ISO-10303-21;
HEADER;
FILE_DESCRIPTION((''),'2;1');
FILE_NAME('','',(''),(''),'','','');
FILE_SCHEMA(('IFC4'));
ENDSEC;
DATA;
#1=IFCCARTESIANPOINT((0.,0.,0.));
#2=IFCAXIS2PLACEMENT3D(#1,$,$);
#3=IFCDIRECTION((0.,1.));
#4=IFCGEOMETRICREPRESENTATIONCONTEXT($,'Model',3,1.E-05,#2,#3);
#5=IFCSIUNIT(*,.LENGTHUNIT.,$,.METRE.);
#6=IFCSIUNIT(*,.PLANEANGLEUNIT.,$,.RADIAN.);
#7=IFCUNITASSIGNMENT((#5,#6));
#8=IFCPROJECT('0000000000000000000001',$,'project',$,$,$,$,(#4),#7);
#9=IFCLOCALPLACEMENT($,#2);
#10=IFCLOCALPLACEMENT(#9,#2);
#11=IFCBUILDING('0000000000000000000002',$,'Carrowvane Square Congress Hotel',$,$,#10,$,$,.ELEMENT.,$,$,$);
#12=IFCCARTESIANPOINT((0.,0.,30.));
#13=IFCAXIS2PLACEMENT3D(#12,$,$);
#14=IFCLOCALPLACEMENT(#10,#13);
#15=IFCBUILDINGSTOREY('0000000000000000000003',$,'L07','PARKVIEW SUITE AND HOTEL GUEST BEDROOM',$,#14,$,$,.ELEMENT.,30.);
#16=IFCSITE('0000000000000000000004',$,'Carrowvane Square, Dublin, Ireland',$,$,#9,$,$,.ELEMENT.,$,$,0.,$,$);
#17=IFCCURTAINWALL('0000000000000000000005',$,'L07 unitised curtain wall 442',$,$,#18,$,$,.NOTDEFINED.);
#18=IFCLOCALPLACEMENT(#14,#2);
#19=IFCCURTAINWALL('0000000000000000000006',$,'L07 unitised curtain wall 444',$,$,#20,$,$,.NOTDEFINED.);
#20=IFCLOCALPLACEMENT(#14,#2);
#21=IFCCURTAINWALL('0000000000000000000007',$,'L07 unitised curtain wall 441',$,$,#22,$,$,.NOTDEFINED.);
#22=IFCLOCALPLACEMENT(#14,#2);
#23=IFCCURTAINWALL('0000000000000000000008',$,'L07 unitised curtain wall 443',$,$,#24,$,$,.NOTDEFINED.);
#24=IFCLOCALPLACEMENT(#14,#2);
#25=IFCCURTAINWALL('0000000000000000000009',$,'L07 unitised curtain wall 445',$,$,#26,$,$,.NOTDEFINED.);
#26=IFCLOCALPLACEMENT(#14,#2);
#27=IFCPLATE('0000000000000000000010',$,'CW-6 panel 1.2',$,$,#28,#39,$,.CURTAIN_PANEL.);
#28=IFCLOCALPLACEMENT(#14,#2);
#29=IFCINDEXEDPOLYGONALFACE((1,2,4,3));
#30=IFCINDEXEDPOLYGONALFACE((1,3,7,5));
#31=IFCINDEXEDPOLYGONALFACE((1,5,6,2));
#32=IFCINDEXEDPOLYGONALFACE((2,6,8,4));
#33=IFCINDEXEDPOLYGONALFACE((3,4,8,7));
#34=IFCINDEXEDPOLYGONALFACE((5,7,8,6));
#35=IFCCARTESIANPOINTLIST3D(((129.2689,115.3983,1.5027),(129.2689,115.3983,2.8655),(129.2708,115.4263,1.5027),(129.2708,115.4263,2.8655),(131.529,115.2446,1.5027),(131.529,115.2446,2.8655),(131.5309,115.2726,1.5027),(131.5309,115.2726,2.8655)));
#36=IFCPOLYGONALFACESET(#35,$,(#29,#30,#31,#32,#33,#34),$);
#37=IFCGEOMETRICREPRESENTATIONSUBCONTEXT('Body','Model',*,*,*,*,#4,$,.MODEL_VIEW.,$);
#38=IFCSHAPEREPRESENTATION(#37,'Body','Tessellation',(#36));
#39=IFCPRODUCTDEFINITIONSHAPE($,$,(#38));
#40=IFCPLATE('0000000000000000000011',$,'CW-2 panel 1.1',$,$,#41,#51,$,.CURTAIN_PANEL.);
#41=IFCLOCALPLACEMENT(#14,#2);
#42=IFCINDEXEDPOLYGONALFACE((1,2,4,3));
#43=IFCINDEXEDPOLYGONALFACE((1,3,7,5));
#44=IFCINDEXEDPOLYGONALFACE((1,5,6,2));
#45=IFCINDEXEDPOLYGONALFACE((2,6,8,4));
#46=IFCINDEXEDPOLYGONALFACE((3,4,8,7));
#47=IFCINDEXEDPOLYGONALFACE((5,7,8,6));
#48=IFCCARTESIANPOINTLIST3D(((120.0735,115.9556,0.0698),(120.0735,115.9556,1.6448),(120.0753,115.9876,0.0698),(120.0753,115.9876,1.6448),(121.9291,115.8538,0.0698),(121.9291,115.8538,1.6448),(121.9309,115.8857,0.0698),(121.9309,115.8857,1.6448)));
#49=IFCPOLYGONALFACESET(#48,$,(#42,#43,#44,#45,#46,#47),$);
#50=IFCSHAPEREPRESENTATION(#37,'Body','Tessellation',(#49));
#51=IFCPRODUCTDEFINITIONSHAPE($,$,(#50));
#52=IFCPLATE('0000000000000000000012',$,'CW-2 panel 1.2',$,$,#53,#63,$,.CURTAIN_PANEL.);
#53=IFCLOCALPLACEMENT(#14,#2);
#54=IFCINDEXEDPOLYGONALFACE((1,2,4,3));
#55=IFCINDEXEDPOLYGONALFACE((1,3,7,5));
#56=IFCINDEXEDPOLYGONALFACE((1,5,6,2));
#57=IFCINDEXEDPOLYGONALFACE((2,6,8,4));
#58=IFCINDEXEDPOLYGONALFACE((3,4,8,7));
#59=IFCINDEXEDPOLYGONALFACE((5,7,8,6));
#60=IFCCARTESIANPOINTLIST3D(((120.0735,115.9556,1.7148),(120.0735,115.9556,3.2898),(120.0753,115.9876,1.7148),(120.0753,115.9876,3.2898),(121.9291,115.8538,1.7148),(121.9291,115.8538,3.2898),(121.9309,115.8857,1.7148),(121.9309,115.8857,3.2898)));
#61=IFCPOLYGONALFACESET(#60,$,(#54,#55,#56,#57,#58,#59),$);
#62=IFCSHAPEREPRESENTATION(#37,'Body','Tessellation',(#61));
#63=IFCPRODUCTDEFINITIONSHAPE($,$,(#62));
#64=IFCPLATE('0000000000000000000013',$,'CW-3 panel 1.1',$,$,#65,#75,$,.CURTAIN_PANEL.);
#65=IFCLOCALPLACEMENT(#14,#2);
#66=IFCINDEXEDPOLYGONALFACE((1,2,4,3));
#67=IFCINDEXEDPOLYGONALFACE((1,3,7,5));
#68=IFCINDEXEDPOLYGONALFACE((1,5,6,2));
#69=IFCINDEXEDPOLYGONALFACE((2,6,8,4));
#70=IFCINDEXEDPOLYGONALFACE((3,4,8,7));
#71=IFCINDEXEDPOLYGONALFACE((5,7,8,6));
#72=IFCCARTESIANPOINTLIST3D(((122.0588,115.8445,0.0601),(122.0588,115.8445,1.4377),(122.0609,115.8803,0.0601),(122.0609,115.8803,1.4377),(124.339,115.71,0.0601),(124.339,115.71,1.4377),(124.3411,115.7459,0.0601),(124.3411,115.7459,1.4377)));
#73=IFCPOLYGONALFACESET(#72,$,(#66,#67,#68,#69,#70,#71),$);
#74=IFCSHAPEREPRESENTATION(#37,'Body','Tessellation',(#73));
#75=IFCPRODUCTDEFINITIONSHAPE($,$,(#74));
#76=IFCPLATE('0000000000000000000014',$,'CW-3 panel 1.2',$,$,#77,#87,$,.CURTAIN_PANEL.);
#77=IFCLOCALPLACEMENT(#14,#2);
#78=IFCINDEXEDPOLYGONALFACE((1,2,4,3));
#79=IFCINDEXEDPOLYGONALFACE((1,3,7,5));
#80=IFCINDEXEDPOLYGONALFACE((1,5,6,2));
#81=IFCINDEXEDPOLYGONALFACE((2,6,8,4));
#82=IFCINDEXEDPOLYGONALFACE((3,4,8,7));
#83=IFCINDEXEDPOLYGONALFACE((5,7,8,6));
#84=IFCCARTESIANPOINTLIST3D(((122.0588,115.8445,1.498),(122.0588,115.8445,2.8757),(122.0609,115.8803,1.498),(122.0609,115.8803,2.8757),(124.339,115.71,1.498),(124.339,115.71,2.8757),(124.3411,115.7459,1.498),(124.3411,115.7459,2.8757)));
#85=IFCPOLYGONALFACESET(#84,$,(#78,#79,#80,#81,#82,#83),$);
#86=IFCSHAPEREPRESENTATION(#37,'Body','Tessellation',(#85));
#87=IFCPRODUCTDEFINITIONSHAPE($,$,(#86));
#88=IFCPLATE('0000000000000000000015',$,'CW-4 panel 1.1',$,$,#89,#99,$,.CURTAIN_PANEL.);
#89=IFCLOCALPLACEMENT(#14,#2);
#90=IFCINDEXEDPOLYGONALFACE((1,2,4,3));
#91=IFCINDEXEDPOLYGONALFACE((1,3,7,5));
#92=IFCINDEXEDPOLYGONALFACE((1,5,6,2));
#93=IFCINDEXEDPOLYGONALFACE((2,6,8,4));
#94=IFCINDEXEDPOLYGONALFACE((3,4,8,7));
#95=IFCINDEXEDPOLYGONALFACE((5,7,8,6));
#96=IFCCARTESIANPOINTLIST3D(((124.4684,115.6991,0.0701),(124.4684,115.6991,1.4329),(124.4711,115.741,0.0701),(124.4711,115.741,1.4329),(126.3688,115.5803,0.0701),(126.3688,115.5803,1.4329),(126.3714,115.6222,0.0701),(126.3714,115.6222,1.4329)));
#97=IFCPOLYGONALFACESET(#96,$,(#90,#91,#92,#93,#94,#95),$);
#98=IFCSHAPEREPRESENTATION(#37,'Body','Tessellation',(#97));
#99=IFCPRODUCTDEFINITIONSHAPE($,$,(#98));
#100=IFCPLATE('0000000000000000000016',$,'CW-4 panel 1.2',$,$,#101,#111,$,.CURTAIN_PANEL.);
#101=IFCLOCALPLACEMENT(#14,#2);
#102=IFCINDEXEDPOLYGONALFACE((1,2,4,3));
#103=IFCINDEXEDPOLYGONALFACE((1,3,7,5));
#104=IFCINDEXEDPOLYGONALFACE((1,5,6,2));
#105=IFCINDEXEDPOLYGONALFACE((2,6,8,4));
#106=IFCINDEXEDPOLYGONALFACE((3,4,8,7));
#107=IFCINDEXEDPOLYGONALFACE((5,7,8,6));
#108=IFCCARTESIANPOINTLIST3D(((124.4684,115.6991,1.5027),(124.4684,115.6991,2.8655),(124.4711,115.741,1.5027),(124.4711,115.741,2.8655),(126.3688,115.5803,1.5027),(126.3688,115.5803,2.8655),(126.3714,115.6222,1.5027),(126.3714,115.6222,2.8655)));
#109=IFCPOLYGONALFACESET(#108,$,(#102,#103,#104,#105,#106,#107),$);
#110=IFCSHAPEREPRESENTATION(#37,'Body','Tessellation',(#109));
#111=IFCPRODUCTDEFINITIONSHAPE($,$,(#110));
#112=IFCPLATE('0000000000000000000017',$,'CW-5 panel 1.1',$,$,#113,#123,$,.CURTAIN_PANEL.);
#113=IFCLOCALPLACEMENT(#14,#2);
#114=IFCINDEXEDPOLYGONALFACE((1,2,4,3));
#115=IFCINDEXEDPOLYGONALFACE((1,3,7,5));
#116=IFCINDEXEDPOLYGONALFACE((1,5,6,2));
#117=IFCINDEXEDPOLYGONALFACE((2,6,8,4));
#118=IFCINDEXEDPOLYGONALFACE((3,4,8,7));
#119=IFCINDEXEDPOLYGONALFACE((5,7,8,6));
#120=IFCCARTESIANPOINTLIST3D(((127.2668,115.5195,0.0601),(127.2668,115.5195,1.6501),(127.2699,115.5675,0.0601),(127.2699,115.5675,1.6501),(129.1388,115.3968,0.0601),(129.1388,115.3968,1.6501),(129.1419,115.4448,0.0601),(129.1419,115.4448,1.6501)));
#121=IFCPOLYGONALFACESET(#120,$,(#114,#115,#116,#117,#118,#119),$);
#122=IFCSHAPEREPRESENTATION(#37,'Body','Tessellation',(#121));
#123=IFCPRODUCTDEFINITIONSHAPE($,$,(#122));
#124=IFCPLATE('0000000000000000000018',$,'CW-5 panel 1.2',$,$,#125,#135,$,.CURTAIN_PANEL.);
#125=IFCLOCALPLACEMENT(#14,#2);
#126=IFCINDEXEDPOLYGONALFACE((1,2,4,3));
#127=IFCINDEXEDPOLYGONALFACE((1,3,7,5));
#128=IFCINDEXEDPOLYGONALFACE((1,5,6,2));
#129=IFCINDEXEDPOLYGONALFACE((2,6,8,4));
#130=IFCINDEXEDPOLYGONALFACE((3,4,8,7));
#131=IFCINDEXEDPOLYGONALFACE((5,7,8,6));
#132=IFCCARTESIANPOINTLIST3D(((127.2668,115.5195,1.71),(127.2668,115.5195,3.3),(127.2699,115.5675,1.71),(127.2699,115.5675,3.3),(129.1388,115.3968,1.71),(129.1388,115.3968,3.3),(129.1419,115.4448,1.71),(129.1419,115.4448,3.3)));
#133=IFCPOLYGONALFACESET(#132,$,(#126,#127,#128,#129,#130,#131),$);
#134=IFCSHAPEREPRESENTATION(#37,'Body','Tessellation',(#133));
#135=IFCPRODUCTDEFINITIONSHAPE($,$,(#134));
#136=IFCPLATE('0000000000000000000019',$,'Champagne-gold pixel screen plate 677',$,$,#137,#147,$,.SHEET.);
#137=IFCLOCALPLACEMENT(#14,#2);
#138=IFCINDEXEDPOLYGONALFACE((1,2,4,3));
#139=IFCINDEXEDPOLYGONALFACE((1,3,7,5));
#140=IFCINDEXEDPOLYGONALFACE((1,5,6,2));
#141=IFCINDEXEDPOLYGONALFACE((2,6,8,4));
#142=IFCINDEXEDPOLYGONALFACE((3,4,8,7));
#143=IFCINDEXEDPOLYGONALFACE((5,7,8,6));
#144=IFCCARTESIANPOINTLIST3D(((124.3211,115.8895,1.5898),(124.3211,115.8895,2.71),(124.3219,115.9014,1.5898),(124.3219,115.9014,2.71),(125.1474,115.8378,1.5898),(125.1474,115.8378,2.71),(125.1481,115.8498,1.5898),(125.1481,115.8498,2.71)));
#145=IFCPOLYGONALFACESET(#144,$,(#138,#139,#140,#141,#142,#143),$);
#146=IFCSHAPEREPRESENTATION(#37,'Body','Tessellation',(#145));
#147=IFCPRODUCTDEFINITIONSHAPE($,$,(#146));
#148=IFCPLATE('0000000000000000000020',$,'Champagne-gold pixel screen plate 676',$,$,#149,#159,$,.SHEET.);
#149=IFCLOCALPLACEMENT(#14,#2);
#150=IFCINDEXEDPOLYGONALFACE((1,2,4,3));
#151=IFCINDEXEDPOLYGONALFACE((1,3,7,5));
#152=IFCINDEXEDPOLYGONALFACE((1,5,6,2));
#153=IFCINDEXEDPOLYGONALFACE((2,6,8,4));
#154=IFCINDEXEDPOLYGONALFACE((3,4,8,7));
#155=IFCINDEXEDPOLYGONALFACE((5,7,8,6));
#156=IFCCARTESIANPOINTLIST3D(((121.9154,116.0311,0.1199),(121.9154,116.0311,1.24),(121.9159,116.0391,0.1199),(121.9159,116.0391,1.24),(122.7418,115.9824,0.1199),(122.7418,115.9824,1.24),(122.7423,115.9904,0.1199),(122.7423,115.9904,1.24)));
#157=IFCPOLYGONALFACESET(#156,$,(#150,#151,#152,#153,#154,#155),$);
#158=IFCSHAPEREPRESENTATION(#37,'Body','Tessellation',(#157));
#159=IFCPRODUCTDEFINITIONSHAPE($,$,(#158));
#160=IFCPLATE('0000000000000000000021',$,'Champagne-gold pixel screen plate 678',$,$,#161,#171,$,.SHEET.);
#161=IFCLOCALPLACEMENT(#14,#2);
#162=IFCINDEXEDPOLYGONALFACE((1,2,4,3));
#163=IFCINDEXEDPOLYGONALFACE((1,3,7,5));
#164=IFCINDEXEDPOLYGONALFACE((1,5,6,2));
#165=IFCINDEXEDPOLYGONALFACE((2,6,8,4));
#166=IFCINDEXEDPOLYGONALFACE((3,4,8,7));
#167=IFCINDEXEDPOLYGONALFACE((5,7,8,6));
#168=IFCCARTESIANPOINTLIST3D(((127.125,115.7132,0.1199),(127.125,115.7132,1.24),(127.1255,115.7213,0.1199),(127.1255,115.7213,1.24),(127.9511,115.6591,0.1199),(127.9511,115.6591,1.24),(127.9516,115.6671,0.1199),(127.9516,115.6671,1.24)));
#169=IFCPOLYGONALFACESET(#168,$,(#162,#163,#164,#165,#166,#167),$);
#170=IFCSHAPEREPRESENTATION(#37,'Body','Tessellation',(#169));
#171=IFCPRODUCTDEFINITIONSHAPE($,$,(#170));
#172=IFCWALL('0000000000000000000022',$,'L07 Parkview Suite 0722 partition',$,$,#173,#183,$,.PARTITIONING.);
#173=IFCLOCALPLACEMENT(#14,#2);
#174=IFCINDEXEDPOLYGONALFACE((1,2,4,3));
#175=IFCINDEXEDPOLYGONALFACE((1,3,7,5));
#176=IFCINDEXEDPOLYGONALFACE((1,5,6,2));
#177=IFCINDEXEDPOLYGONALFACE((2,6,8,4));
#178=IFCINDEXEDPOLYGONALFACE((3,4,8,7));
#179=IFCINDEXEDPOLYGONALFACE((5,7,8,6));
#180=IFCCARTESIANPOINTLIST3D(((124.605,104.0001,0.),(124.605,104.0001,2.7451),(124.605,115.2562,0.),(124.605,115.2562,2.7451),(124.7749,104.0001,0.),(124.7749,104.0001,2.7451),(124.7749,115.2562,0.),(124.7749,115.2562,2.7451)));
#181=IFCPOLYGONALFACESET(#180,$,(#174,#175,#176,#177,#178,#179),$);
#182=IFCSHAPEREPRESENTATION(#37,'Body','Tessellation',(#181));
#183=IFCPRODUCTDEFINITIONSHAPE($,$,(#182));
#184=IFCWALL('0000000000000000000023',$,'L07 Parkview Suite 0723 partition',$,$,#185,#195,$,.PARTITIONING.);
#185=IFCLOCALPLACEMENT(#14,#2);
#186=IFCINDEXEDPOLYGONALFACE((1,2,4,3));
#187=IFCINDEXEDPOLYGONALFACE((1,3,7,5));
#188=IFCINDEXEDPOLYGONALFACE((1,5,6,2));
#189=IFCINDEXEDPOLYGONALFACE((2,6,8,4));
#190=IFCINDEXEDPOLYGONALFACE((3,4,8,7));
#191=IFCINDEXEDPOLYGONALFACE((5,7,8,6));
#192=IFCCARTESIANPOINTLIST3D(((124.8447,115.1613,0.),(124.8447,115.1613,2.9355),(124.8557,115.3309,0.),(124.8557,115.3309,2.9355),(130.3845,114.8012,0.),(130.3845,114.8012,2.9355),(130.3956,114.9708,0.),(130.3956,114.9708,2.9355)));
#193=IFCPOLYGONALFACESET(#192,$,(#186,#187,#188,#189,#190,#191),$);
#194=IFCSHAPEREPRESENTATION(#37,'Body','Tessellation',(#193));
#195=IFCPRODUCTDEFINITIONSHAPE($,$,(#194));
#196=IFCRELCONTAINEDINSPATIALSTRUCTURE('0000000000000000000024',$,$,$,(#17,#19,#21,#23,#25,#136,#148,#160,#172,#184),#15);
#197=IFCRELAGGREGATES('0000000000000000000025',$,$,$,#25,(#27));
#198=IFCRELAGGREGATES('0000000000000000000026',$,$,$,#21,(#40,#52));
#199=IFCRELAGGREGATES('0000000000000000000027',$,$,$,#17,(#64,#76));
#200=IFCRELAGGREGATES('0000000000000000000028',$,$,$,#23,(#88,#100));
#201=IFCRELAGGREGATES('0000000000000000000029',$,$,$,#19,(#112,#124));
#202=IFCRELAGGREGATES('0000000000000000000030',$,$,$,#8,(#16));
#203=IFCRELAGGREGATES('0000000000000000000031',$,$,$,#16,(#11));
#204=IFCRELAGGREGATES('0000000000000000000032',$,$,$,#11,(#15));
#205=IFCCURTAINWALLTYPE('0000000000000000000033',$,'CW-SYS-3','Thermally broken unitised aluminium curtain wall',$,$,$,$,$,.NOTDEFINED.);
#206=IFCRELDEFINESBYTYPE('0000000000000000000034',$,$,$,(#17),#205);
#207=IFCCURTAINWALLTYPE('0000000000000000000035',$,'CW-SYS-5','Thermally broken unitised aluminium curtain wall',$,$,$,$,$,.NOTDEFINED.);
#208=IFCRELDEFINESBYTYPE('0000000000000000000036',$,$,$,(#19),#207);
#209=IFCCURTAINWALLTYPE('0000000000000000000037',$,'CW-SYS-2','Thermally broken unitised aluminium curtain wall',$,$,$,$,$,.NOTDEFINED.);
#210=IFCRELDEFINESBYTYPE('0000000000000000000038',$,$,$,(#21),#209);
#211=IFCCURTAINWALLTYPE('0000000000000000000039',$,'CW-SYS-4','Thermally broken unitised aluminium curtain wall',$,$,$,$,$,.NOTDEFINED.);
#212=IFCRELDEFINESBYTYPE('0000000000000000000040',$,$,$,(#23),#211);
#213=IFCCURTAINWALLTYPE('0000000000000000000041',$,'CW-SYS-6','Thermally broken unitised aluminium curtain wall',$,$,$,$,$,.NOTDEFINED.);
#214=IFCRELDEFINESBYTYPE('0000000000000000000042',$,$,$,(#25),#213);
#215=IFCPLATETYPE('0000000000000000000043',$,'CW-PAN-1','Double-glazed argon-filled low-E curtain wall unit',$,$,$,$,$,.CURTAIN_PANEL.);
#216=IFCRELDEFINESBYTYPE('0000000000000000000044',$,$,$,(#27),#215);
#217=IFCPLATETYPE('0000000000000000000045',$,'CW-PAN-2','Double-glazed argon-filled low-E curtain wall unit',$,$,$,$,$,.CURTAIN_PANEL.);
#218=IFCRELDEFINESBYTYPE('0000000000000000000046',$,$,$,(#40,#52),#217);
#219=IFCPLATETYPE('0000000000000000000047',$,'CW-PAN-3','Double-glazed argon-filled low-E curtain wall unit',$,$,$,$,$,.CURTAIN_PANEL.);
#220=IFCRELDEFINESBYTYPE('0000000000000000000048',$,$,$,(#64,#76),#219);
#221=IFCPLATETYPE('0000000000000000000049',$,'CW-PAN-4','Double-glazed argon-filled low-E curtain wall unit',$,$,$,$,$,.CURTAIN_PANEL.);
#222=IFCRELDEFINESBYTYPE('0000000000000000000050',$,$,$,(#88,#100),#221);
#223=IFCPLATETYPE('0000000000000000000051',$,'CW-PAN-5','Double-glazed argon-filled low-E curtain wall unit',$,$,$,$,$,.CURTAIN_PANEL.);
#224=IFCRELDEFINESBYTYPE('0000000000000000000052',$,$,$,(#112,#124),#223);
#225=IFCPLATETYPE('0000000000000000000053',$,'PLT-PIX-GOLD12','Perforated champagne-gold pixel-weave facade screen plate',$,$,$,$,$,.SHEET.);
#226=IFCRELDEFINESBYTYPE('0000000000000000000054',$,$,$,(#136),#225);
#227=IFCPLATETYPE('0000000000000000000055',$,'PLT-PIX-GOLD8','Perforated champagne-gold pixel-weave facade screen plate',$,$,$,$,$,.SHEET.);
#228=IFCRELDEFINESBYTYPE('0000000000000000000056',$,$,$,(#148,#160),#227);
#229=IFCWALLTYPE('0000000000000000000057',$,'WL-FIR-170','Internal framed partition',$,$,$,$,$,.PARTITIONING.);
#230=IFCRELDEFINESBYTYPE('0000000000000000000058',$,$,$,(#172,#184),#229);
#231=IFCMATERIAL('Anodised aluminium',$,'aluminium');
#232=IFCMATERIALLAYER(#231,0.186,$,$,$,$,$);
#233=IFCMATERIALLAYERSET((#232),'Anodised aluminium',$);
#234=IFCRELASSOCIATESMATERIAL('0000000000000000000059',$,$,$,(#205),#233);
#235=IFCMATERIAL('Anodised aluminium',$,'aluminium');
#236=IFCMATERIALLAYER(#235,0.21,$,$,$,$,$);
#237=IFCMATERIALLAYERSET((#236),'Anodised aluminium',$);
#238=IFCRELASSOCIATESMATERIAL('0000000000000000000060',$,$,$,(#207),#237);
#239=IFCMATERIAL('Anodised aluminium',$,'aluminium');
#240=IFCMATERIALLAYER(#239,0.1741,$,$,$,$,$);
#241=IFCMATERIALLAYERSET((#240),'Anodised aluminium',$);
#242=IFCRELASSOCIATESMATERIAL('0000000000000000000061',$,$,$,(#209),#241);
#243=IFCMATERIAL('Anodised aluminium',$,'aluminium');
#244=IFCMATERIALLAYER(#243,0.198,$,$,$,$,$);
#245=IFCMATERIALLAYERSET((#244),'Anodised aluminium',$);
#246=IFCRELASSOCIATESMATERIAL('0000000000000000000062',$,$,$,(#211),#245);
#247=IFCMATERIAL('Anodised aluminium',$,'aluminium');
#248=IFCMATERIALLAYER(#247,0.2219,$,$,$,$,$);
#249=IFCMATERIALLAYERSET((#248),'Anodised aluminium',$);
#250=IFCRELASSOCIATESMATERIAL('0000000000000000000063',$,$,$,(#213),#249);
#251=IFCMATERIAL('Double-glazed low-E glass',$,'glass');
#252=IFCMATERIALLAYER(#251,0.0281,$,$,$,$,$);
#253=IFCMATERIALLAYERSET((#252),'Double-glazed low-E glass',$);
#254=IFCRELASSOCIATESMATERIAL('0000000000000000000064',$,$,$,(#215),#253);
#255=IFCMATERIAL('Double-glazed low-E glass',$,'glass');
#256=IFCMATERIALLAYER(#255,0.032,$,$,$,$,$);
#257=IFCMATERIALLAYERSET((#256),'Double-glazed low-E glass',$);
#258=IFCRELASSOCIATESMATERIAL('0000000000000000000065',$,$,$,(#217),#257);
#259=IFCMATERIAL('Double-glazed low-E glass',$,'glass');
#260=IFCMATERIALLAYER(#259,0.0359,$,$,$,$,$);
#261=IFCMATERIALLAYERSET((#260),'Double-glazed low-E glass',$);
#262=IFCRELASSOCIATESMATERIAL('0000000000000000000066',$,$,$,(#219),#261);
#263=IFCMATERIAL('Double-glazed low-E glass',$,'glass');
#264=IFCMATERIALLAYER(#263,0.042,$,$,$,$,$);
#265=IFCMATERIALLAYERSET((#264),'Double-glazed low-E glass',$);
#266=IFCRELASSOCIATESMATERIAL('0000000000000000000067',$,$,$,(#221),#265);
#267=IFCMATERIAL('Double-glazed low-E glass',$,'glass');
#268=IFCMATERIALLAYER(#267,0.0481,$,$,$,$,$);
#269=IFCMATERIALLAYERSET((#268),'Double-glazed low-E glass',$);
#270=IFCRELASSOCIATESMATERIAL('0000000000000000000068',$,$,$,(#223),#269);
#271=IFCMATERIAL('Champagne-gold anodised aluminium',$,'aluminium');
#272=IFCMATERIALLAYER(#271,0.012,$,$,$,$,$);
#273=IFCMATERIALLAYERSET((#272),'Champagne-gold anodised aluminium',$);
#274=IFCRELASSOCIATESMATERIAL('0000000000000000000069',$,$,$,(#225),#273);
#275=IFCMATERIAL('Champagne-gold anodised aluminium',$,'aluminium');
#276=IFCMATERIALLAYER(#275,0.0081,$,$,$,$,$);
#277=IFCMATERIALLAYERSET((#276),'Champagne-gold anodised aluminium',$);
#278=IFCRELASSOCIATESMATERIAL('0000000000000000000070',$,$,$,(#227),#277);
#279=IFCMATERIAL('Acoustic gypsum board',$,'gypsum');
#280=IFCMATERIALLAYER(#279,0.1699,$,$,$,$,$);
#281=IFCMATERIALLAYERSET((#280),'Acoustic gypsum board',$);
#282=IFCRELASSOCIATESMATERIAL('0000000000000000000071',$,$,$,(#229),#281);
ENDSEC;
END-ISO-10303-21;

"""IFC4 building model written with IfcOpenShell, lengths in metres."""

from ifc_helpers import new_model, si_unit, direction, frame, frame_2d, origin, origin_2d, place, context, subcontext, project, spatial, rectangle, extrude, material, layer, layer_set, type_object, element, aggregate, save


model = new_model("IFC4")

# Units and contexts
model_context = context("Model", 3, precision=1e-05, world=origin(), true_north=direction((0.0, 1.0)))
body_context = subcontext(model_context, "Body", "Model", "MODEL_VIEW")
ifc_project = project(units=[si_unit("LENGTHUNIT", "METRE"), si_unit("PLANEANGLEUNIT", "RADIAN")], contexts=[model_context])

# Site, building, storey
site_placement = place(None, origin())
site = spatial("IfcSite", under=ifc_project, at=site_placement, Name="Carrowvane Square, Dublin, Ireland", CompositionType="ELEMENT", RefElevation=0.0)
building_placement = place(site_placement, origin())
building = spatial("IfcBuilding", under=site, at=building_placement, Name="Carrowvane Square Congress Hotel", CompositionType="ELEMENT")
storey_placement = place(building_placement, frame((0.0, 0.0, 30.0)))
storey = spatial("IfcBuildingStorey", under=building, at=storey_placement, Name="L07", Description="PARKVIEW SUITE AND HOTEL GUEST BEDROOM", CompositionType="ELEMENT", Elevation=30.0)

# Curtain walls
ifc_material_1 = material(Name="Anodised aluminium", Category="aluminium")
ifc_layer_1 = layer(ifc_material_1, 0.186)
ifc_layer_set_1 = layer_set([ifc_layer_1], Name="Anodised aluminium")
curtain_wall_type_1 = type_object("IfcCurtainWallType", Name="CW-SYS-3", Description="Thermally broken unitised aluminium curtain wall", PredefinedType="NOTDEFINED", material=ifc_layer_set_1)
curtain_wall_1_placement = place(storey_placement, origin())
curtain_wall_1 = element("IfcCurtainWall", 1, at=curtain_wall_1_placement, inside=storey, type_object=curtain_wall_type_1, Name="L07 unitised curtain wall 442", PredefinedType="NOTDEFINED")
ifc_material_2 = material(Name="Anodised aluminium", Category="aluminium")
ifc_layer_2 = layer(ifc_material_2, 0.21)
ifc_layer_set_2 = layer_set([ifc_layer_2], Name="Anodised aluminium")
curtain_wall_type_2 = type_object("IfcCurtainWallType", Name="CW-SYS-5", Description="Thermally broken unitised aluminium curtain wall", PredefinedType="NOTDEFINED", material=ifc_layer_set_2)
curtain_wall_2_placement = place(storey_placement, origin())
curtain_wall_2 = element("IfcCurtainWall", 2, at=curtain_wall_2_placement, inside=storey, type_object=curtain_wall_type_2, Name="L07 unitised curtain wall 444", PredefinedType="NOTDEFINED")

# Curtain wall
ifc_material_3 = material(Name="Anodised aluminium", Category="aluminium")
ifc_layer_3 = layer(ifc_material_3, 0.1741)
ifc_layer_set_3 = layer_set([ifc_layer_3], Name="Anodised aluminium")
curtain_wall_type_3 = type_object("IfcCurtainWallType", Name="CW-SYS-2", Description="Thermally broken unitised aluminium curtain wall", PredefinedType="NOTDEFINED", material=ifc_layer_set_3)
curtain_wall_3_placement = place(storey_placement, origin())
curtain_wall_3 = element("IfcCurtainWall", 3, at=curtain_wall_3_placement, inside=storey, type_object=curtain_wall_type_3, Name="L07 unitised curtain wall 441", PredefinedType="NOTDEFINED")

# Curtain wall
ifc_material_4 = material(Name="Anodised aluminium", Category="aluminium")
ifc_layer_4 = layer(ifc_material_4, 0.198)
ifc_layer_set_4 = layer_set([ifc_layer_4], Name="Anodised aluminium")
curtain_wall_type_4 = type_object("IfcCurtainWallType", Name="CW-SYS-4", Description="Thermally broken unitised aluminium curtain wall", PredefinedType="NOTDEFINED", material=ifc_layer_set_4)
curtain_wall_4_placement = place(storey_placement, origin())
curtain_wall_4 = element("IfcCurtainWall", 4, at=curtain_wall_4_placement, inside=storey, type_object=curtain_wall_type_4, Name="L07 unitised curtain wall 443", PredefinedType="NOTDEFINED")

# Curtain wall
ifc_material_5 = material(Name="Anodised aluminium", Category="aluminium")
ifc_layer_5 = layer(ifc_material_5, 0.2219)
ifc_layer_set_5 = layer_set([ifc_layer_5], Name="Anodised aluminium")
curtain_wall_type_5 = type_object("IfcCurtainWallType", Name="CW-SYS-6", Description="Thermally broken unitised aluminium curtain wall", PredefinedType="NOTDEFINED", material=ifc_layer_set_5)
curtain_wall_5_placement = place(storey_placement, origin())
curtain_wall_5 = element("IfcCurtainWall", 5, at=curtain_wall_5_placement, inside=storey, type_object=curtain_wall_type_5, Name="L07 unitised curtain wall 445", PredefinedType="NOTDEFINED")

# Plates
ifc_material_6 = material(Name="Double-glazed low-E glass", Category="glass")
ifc_layer_6 = layer(ifc_material_6, 0.0281)
ifc_layer_set_6 = layer_set([ifc_layer_6], Name="Double-glazed low-E glass")
plate_type_1 = type_object("IfcPlateType", Name="CW-PAN-1", Description="Double-glazed argon-filled low-E curtain wall unit", PredefinedType="CURTAIN_PANEL", material=ifc_layer_set_6)
plate_1_placement = place(storey_placement, frame((130.3999, 115.3354, 1.5027), z_axis=(0.0, 0.0, 1.0), x_axis=(0.997694, -0.06787, 0.0)))
plate_1 = element("IfcPlate", 6, at=plate_1_placement, type_object=plate_type_1, Name="CW-6 panel 1.2", PredefinedType="CURTAIN_PANEL", context=body_context, shape_type="SweptSolid", body=[
    extrude(rectangle(XDim=2.2654, YDim=0.0281, at=origin_2d()), origin(), (0.0, 0.0, 1.0), 1.3628),
])
aggregate(curtain_wall_5, [plate_1])
ifc_material_7 = material(Name="Double-glazed low-E glass", Category="glass")
ifc_layer_7 = layer(ifc_material_7, 0.032)
ifc_layer_set_7 = layer_set([ifc_layer_7], Name="Double-glazed low-E glass")
plate_type_2 = type_object("IfcPlateType", Name="CW-PAN-2", Description="Double-glazed argon-filled low-E curtain wall unit", PredefinedType="CURTAIN_PANEL", material=ifc_layer_set_7)
plate_2_placement = place(storey_placement, frame((121.0022, 115.9207, 0.0698), z_axis=(0.0, 0.0, 1.0), x_axis=(0.998496, -0.054816, 0.0)))
plate_2 = element("IfcPlate", 7, at=plate_2_placement, type_object=plate_type_2, Name="CW-2 panel 1.1", PredefinedType="CURTAIN_PANEL", context=body_context, shape_type="SweptSolid", body=[
    extrude(rectangle(XDim=1.8584, YDim=0.032, at=origin_2d()), origin(), (0.0, 0.0, 1.0), 1.575),
])
plate_3_placement = place(storey_placement, frame((121.0022, 115.9207, 1.7148), z_axis=(0.0, 0.0, 1.0), x_axis=(0.998496, -0.054816, 0.0)))
plate_3 = element("IfcPlate", 8, at=plate_3_placement, type_object=plate_type_2, Name="CW-2 panel 1.2", PredefinedType="CURTAIN_PANEL", context=body_context, shape_type="SweptSolid", body=[
    extrude(rectangle(XDim=1.8584, YDim=0.032, at=origin_2d()), origin(), (0.0, 0.0, 1.0), 1.575),
])
aggregate(curtain_wall_3, [plate_2, plate_3])
ifc_material_8 = material(Name="Double-glazed low-E glass", Category="glass")
ifc_layer_8 = layer(ifc_material_8, 0.0359)
ifc_layer_set_8 = layer_set([ifc_layer_8], Name="Double-glazed low-E glass")
plate_type_3 = type_object("IfcPlateType", Name="CW-PAN-3", Description="Double-glazed argon-filled low-E curtain wall unit", PredefinedType="CURTAIN_PANEL", material=ifc_layer_set_8)
plate_4_placement = place(storey_placement, frame((123.2, 115.7952, 0.0601), z_axis=(0.0, 0.0, 1.0), x_axis=(0.998267, -0.058851, 0.0)))
plate_4 = element("IfcPlate", 9, at=plate_4_placement, type_object=plate_type_3, Name="CW-3 panel 1.1", PredefinedType="CURTAIN_PANEL", context=body_context, shape_type="SweptSolid", body=[
    extrude(rectangle(XDim=2.2842, YDim=0.0359, at=origin_2d()), origin(), (0.0, 0.0, 1.0), 1.3777),
])
plate_5_placement = place(storey_placement, frame((123.2, 115.7952, 1.498), z_axis=(0.0, 0.0, 1.0), x_axis=(0.998267, -0.058851, 0.0)))
plate_5 = element("IfcPlate", 10, at=plate_5_placement, type_object=plate_type_3, Name="CW-3 panel 1.2", PredefinedType="CURTAIN_PANEL", context=body_context, shape_type="SweptSolid", body=[
    extrude(rectangle(XDim=2.2842, YDim=0.0359, at=origin_2d()), origin(), (0.0, 0.0, 1.0), 1.3777),
])
aggregate(curtain_wall_1, [plate_4, plate_5])
ifc_material_9 = material(Name="Double-glazed low-E glass", Category="glass")
ifc_layer_9 = layer(ifc_material_9, 0.042)
ifc_layer_set_9 = layer_set([ifc_layer_9], Name="Double-glazed low-E glass")
plate_type_4 = type_object("IfcPlateType", Name="CW-PAN-4", Description="Double-glazed argon-filled low-E curtain wall unit", PredefinedType="CURTAIN_PANEL", material=ifc_layer_set_9)
plate_6_placement = place(storey_placement, frame((125.4199, 115.6606, 0.0701), z_axis=(0.0, 0.0, 1.0), x_axis=(0.998051, -0.062397, 0.0)))
plate_6 = element("IfcPlate", 11, at=plate_6_placement, type_object=plate_type_4, Name="CW-4 panel 1.1", PredefinedType="CURTAIN_PANEL", context=body_context, shape_type="SweptSolid", body=[
    extrude(rectangle(XDim=1.9041, YDim=0.042, at=origin_2d()), origin(), (0.0, 0.0, 1.0), 1.3628),
])
plate_7_placement = place(storey_placement, frame((125.4199, 115.6606, 1.5027), z_axis=(0.0, 0.0, 1.0), x_axis=(0.998051, -0.062397, 0.0)))
plate_7 = element("IfcPlate", 12, at=plate_7_placement, type_object=plate_type_4, Name="CW-4 panel 1.2", PredefinedType="CURTAIN_PANEL", context=body_context, shape_type="SweptSolid", body=[
    extrude(rectangle(XDim=1.9041, YDim=0.042, at=origin_2d()), origin(), (0.0, 0.0, 1.0), 1.3628),
])
aggregate(curtain_wall_4, [plate_6, plate_7])
ifc_material_10 = material(Name="Double-glazed low-E glass", Category="glass")
ifc_layer_10 = layer(ifc_material_10, 0.0481)
ifc_layer_set_10 = layer_set([ifc_layer_10], Name="Double-glazed low-E glass")
plate_type_5 = type_object("IfcPlateType", Name="CW-PAN-5", Description="Double-glazed argon-filled low-E curtain wall unit", PredefinedType="CURTAIN_PANEL", material=ifc_layer_set_10)
plate_8_placement = place(storey_placement, frame((128.2043, 115.4822, 0.0601), z_axis=(0.0, 0.0, 1.0), x_axis=(0.997858, -0.065414, 0.0)))
plate_8 = element("IfcPlate", 13, at=plate_8_placement, type_object=plate_type_5, Name="CW-5 panel 1.1", PredefinedType="CURTAIN_PANEL", context=body_context, shape_type="SweptSolid", body=[
    extrude(rectangle(XDim=1.876, YDim=0.0481, at=origin_2d()), origin(), (0.0, 0.0, 1.0), 1.5901),
])
plate_9_placement = place(storey_placement, frame((128.2043, 115.4822, 1.71), z_axis=(0.0, 0.0, 1.0), x_axis=(0.997858, -0.065414, 0.0)))
plate_9 = element("IfcPlate", 14, at=plate_9_placement, type_object=plate_type_5, Name="CW-5 panel 1.2", PredefinedType="CURTAIN_PANEL", context=body_context, shape_type="SweptSolid", body=[
    extrude(rectangle(XDim=1.876, YDim=0.0481, at=origin_2d()), origin(), (0.0, 0.0, 1.0), 1.5901),
])
aggregate(curtain_wall_2, [plate_8, plate_9])

# Plates
ifc_material_11 = material(Name="Champagne-gold anodised aluminium", Category="aluminium")
ifc_layer_11 = layer(ifc_material_11, 0.012)
ifc_layer_set_11 = layer_set([ifc_layer_11], Name="Champagne-gold anodised aluminium")
plate_type_6 = type_object("IfcPlateType", Name="PLT-PIX-GOLD12", Description="Perforated champagne-gold pixel-weave facade screen plate", PredefinedType="SHEET", material=ifc_layer_set_11)
plate_10_placement = place(storey_placement, frame((124.7346, 115.8696, 1.5898), z_axis=(0.0, 0.0, 1.0), x_axis=(0.998051, -0.062397, 0.0)))
element("IfcPlate", 15, at=plate_10_placement, inside=storey, type_object=plate_type_6, Name="Champagne-gold pixel screen plate 677", PredefinedType="SHEET", context=body_context, shape_type="SweptSolid", body=[
    extrude(rectangle(XDim=0.8279, YDim=0.012, at=origin_2d()), origin(), (0.0, 0.0, 1.0), 1.1201),
])
ifc_material_12 = material(Name="Champagne-gold anodised aluminium", Category="aluminium")
ifc_layer_12 = layer(ifc_material_12, 0.0081)
ifc_layer_set_12 = layer_set([ifc_layer_12], Name="Champagne-gold anodised aluminium")
plate_type_7 = type_object("IfcPlateType", Name="PLT-PIX-GOLD8", Description="Perforated champagne-gold pixel-weave facade screen plate", PredefinedType="SHEET", material=ifc_layer_set_12)
for number, where, z_axis, x_axis, name in (
    (16, (122.3289, 116.0107, 0.1199), (0.0, 0.0, 1.0), (0.998267, -0.058852, 0.0), "Champagne-gold pixel screen plate 676"),
    (17, (127.5383, 115.6902, 0.1199), (0.0, 0.0, 1.0), (0.997858, -0.065413, 0.0), "Champagne-gold pixel screen plate 678"),
):
    element("IfcPlate", number, at=place(storey_placement, frame(where, z_axis=z_axis, x_axis=x_axis)), inside=storey, type_object=plate_type_7, Name=name, PredefinedType="SHEET", context=body_context, shape_type="SweptSolid", body=[
        extrude(rectangle(XDim=0.8279, YDim=0.0081, at=origin_2d()), origin(), (0.0, 0.0, 1.0), 1.1201),
    ])

# Walls
ifc_material_13 = material(Name="Acoustic gypsum board", Category="gypsum")
ifc_layer_13 = layer(ifc_material_13, 0.1699)
ifc_layer_set_13 = layer_set([ifc_layer_13], Name="Acoustic gypsum board")
wall_type_1 = type_object("IfcWallType", Name="WL-FIR-170", Description="Internal framed partition", PredefinedType="PARTITIONING", material=ifc_layer_set_13)
wall_1_placement = place(storey_placement, frame((124.6899, 115.2561, 0.0), z_axis=(0.0, 0.0, 1.0), x_axis=(0.0, -1.0, 0.0)))
element("IfcWall", 18, at=wall_1_placement, inside=storey, type_object=wall_type_1, Name="L07 Parkview Suite 0722 partition", PredefinedType="PARTITIONING", context=body_context, shape_type="SweptSolid", body=[
    extrude(rectangle(XDim=11.2561, YDim=0.1699, at=frame_2d((5.6279, 0.0))), origin(), (0.0, 0.0, 1.0), 2.7451),
])
wall_2_placement = place(storey_placement, frame((124.8501, 115.2461, 0.0), z_axis=(0.0, 0.0, 1.0), x_axis=(0.997894, -0.064867, 0.0)))
element("IfcWall", 19, at=wall_2_placement, inside=storey, type_object=wall_type_1, Name="L07 Parkview Suite 0723 partition", PredefinedType="PARTITIONING", context=body_context, shape_type="SweptSolid", body=[
    extrude(rectangle(XDim=5.5515, YDim=0.1699, at=frame_2d((2.7759, 0.0))), origin(), (0.0, 0.0, 1.0), 2.9355),
])

save(model, "model.ifc")
